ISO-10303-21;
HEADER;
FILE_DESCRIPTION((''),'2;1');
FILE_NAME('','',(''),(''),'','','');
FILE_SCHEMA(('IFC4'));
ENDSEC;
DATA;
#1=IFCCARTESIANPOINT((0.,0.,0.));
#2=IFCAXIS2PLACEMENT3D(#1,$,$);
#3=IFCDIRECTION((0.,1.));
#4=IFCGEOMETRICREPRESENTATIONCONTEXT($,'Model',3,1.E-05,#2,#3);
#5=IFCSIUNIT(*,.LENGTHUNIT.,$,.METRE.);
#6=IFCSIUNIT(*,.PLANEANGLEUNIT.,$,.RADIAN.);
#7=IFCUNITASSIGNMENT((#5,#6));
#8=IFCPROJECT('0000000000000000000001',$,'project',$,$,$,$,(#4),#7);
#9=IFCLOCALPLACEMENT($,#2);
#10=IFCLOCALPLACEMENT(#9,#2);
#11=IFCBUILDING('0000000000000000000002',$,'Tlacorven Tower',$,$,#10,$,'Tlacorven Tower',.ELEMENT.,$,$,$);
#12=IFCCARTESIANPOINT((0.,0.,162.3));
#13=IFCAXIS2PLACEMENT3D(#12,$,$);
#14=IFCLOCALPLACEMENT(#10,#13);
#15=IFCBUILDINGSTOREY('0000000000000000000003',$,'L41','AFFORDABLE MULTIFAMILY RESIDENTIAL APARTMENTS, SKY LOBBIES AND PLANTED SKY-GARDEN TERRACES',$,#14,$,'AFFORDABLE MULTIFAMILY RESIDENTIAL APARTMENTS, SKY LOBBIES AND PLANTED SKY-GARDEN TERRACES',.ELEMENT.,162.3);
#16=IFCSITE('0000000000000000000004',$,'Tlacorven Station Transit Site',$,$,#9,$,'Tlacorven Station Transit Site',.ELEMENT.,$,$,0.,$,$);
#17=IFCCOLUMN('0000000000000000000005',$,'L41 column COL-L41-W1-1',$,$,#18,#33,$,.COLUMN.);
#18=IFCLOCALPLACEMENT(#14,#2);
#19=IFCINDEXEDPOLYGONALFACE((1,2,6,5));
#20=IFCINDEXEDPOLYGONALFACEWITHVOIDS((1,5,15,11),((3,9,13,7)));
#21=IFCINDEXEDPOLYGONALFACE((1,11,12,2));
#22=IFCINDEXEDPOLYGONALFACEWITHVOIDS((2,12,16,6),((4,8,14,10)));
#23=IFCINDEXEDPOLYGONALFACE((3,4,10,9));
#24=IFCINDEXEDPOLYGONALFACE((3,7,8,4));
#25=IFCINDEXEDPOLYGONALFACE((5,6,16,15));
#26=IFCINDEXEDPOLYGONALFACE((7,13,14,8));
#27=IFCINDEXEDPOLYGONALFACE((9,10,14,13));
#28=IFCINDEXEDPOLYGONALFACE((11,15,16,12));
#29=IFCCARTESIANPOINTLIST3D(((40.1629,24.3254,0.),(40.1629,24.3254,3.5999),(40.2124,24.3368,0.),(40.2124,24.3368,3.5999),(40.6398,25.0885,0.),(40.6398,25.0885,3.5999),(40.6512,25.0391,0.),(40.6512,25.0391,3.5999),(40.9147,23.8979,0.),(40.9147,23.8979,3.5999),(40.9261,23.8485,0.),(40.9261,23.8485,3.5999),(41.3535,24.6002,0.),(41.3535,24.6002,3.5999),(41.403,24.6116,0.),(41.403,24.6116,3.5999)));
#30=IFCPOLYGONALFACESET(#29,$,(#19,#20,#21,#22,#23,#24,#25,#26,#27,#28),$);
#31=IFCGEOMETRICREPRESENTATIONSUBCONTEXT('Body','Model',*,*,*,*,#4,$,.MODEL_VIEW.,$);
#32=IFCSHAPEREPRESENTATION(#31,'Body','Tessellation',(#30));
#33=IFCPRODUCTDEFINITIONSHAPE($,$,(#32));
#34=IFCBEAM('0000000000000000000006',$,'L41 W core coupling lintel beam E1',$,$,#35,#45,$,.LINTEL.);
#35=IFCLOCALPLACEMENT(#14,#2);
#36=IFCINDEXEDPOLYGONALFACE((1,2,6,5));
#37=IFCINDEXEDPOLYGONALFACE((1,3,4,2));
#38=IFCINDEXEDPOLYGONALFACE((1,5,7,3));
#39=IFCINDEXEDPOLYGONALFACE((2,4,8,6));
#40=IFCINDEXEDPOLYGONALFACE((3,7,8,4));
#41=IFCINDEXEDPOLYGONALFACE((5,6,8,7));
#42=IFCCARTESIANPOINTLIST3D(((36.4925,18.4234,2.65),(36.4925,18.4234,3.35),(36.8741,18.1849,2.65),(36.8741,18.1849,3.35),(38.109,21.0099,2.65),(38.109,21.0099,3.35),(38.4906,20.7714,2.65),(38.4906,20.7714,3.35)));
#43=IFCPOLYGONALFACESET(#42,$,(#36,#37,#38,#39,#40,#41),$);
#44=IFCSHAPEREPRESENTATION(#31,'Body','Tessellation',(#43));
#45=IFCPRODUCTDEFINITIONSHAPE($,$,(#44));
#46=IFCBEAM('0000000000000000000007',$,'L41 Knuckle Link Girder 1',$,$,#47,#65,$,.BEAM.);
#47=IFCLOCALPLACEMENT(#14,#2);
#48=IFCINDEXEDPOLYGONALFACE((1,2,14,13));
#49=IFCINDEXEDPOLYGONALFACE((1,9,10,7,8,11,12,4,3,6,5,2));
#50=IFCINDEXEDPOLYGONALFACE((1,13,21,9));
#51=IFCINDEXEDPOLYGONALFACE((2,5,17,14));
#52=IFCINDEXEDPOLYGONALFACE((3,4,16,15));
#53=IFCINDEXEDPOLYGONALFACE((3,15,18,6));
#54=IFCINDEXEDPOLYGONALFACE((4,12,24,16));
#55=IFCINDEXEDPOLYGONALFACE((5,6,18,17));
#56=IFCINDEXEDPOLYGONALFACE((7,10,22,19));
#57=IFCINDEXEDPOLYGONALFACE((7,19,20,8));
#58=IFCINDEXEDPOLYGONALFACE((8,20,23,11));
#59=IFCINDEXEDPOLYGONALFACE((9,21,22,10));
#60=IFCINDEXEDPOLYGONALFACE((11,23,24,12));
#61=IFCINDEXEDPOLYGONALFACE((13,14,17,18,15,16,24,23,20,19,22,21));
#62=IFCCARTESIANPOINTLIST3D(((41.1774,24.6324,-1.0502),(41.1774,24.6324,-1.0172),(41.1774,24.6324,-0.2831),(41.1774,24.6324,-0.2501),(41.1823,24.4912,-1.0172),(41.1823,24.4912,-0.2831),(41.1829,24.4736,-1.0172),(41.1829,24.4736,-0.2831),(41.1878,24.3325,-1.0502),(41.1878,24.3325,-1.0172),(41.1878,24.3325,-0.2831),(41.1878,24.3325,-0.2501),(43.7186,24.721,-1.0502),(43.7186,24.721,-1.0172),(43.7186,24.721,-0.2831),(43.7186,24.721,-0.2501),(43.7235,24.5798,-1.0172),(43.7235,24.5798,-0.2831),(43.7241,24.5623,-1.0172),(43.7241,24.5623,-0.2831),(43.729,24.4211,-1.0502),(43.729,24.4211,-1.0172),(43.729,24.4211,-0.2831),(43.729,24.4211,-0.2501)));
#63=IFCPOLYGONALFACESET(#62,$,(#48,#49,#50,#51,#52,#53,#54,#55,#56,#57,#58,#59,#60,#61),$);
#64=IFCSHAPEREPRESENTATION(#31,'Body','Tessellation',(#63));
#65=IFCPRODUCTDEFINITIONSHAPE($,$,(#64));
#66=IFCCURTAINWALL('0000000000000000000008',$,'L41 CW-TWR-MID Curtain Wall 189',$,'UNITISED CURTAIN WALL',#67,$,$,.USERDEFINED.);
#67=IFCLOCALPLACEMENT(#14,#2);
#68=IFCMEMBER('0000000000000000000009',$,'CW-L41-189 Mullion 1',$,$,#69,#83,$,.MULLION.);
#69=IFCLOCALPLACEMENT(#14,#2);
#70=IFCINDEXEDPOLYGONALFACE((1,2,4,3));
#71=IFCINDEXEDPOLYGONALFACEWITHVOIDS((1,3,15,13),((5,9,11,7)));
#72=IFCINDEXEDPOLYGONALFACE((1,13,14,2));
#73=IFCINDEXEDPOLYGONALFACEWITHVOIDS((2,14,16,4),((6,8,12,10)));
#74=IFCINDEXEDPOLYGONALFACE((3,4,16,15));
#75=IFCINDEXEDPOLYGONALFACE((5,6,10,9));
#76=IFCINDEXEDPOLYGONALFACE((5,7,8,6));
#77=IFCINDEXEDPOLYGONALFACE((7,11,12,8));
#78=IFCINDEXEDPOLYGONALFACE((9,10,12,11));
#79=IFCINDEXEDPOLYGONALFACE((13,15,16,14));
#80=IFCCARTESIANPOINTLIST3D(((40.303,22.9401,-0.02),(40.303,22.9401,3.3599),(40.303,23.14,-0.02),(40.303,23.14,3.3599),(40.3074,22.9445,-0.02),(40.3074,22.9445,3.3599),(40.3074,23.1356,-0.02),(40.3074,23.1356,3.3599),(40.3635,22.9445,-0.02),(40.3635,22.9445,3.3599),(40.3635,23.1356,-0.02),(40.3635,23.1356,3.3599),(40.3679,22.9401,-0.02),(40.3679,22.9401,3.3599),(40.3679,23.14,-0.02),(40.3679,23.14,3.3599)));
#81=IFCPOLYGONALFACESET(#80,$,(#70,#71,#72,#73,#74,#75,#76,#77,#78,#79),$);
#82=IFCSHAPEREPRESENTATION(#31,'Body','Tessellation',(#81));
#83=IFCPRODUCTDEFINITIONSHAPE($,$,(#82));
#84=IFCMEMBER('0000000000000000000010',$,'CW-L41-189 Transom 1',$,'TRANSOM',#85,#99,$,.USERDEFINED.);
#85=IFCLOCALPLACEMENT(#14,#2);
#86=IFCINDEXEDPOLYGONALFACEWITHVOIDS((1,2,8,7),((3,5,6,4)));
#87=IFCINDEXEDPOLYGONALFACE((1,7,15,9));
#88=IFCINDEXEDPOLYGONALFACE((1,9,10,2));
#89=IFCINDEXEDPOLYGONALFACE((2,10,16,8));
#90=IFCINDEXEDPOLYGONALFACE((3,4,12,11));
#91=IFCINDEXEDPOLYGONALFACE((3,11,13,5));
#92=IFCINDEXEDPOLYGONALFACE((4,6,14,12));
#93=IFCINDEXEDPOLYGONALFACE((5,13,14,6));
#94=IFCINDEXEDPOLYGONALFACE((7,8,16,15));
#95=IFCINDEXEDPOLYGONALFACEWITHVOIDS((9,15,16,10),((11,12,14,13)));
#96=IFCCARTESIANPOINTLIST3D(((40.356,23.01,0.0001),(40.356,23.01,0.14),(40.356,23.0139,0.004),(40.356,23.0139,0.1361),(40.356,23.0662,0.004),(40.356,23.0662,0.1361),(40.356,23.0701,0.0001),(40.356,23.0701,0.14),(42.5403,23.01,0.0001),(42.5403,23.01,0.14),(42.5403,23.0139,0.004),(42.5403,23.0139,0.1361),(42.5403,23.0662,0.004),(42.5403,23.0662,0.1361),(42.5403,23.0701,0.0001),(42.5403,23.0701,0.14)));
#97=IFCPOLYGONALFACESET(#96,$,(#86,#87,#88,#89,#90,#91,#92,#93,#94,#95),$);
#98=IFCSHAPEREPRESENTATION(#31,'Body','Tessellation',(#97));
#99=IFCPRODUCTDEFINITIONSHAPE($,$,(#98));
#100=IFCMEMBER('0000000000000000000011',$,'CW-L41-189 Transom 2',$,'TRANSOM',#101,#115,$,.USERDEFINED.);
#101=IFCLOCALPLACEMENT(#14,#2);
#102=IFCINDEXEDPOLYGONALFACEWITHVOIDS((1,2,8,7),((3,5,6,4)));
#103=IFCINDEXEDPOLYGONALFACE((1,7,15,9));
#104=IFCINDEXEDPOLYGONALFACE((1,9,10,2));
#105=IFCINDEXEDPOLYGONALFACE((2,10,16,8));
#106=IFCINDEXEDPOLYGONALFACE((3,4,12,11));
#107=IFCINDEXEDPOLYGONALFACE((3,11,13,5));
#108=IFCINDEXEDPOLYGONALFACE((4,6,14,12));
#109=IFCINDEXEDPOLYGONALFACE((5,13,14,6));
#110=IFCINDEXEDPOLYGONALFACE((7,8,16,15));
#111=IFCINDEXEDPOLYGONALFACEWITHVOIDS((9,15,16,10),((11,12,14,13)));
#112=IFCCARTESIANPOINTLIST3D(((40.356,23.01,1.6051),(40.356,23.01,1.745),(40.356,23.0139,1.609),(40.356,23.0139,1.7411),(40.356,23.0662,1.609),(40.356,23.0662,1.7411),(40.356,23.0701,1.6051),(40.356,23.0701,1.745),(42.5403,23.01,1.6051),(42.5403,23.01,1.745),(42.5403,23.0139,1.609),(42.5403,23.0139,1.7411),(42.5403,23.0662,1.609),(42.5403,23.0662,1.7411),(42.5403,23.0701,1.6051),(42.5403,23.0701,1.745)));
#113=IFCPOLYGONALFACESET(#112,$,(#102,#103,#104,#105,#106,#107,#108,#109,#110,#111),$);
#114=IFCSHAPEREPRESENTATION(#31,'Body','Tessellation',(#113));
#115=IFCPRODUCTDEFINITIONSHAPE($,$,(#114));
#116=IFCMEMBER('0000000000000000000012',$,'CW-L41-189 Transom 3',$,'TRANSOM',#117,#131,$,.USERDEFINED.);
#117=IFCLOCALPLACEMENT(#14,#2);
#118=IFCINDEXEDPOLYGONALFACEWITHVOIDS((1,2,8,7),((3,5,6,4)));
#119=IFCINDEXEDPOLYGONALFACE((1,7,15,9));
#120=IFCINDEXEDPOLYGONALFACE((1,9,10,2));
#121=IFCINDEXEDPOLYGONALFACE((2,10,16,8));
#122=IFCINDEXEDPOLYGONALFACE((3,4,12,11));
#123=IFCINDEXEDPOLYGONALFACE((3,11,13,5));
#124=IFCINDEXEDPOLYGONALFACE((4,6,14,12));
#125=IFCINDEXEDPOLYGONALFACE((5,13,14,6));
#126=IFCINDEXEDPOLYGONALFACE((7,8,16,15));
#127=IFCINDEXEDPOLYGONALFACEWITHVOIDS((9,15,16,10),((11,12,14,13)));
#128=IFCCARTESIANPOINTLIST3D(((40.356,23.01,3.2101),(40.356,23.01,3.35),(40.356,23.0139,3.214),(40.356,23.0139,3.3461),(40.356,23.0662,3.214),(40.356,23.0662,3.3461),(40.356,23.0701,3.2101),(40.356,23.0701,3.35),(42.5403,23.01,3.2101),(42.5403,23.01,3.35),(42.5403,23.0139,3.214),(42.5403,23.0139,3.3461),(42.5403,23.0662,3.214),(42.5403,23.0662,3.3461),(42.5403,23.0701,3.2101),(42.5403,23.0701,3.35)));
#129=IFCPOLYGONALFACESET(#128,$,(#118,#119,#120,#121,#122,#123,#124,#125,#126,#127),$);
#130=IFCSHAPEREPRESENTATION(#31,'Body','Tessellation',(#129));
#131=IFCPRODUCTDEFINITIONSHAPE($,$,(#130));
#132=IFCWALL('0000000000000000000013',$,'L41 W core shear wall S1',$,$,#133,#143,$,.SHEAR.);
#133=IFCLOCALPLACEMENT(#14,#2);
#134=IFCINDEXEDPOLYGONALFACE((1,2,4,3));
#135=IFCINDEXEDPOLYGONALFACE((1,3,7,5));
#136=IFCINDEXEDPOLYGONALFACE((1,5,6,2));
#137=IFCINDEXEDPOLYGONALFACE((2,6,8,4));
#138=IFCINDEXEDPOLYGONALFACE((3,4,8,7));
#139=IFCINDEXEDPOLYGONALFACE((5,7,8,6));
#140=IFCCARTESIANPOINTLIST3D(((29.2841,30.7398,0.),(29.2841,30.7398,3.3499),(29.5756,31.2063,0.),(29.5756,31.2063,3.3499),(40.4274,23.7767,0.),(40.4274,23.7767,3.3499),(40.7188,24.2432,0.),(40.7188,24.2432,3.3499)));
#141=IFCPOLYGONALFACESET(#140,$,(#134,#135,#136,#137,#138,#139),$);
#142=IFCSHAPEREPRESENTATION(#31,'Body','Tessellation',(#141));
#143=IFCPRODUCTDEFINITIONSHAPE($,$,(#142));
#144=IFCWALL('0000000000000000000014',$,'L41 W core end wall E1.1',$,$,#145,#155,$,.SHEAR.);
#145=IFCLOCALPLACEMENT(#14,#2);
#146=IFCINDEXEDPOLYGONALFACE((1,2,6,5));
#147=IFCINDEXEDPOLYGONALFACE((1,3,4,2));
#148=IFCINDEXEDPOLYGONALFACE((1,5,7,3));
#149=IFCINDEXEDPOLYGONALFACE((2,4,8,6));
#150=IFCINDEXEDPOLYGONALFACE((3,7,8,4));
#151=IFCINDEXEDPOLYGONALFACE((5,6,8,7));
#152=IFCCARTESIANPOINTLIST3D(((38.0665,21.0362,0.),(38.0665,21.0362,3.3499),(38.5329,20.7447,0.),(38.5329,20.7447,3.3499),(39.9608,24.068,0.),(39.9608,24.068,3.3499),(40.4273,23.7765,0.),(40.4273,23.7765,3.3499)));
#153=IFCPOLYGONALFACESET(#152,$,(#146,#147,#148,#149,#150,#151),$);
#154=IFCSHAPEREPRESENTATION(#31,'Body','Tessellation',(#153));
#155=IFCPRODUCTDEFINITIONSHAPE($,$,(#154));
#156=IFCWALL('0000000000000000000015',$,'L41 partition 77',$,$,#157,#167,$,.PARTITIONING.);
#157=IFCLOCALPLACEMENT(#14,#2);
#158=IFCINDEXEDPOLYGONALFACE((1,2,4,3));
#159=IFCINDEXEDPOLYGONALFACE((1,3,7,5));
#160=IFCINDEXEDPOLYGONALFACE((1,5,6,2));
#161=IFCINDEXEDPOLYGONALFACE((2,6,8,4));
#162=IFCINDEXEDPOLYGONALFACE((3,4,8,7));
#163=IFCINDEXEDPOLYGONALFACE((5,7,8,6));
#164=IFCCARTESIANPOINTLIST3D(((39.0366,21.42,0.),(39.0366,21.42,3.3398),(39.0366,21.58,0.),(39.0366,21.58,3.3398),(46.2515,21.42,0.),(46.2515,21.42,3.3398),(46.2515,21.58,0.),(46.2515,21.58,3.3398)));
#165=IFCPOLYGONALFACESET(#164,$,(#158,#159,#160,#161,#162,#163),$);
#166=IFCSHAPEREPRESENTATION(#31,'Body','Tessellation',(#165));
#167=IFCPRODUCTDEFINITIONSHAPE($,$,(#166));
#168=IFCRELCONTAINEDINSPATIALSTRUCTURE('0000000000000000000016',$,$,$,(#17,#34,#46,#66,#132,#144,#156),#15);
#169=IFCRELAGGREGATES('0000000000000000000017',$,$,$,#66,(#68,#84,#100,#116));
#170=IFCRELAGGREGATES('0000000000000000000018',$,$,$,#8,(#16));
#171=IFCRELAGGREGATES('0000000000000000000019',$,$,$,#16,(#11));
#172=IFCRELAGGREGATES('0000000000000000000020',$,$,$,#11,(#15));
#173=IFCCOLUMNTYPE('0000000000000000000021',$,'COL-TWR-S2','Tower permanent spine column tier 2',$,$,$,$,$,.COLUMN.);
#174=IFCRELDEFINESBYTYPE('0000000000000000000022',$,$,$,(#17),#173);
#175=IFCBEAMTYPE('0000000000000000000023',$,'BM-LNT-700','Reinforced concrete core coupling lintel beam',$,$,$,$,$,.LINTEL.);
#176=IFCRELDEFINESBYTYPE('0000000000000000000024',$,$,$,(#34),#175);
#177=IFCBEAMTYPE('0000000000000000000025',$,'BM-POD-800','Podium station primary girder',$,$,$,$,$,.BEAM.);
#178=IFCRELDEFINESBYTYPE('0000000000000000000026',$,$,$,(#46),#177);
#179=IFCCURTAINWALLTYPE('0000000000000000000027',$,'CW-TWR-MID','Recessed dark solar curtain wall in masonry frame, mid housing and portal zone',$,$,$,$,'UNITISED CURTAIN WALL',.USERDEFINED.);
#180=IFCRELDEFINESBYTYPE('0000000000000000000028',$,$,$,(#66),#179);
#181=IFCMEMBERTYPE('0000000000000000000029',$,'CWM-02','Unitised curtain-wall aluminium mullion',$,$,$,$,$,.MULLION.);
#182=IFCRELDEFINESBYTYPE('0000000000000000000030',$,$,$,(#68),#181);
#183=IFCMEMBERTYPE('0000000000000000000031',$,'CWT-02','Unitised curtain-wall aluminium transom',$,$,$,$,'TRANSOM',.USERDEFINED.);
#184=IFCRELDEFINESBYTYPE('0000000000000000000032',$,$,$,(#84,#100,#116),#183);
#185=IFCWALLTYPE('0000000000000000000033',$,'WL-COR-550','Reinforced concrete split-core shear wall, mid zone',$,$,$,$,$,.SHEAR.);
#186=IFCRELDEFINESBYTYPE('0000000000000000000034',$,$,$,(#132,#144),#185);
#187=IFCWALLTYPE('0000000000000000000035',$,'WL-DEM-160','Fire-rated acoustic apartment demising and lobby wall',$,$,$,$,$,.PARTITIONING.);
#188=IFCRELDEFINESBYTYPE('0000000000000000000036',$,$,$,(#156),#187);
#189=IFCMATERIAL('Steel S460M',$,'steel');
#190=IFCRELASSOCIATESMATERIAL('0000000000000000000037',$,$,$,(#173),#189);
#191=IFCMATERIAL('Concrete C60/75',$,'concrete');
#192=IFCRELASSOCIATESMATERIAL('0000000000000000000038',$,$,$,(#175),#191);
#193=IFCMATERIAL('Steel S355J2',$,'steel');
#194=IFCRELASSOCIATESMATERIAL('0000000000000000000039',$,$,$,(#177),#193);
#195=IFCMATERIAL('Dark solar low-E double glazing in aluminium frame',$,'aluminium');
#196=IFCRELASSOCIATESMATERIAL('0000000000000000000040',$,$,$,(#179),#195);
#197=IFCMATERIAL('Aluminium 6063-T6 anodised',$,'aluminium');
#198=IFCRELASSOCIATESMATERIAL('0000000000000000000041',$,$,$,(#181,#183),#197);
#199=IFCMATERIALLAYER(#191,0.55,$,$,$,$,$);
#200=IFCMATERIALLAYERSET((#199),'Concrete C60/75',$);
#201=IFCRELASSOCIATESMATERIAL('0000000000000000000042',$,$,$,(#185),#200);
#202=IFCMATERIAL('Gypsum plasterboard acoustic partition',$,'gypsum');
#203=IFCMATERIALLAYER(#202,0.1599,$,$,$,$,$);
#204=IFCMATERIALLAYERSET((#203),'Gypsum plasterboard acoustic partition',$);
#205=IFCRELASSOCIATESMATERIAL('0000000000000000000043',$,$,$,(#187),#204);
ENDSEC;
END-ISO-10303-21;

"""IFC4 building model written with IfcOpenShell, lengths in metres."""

from ifc_helpers import new_model, si_unit, direction, frame, frame_2d, origin, origin_2d, place, context, subcontext, project, spatial, rectangle, hollow_rectangle, i_section, extrude, source, transform, mapped, material, layer, layer_set, material_profile, profile_set, type_object, element, aggregate, save


model = new_model("IFC4")

# Units and contexts
model_context = context("Model", 3, precision=1e-05, world=origin(), true_north=direction((0.0, 1.0)))
body_context = subcontext(model_context, "Body", "Model", "MODEL_VIEW")
ifc_project = project(units=[si_unit("LENGTHUNIT", "METRE"), si_unit("PLANEANGLEUNIT", "RADIAN")], contexts=[model_context])

# Site, building, storey
site_placement = place(None, origin())
site = spatial("IfcSite", under=ifc_project, at=site_placement, Name="Tlacorven Station Transit Site", LongName="Tlacorven Station Transit Site", CompositionType="ELEMENT", RefElevation=0.0)
building_placement = place(site_placement, origin())
building = spatial("IfcBuilding", under=site, at=building_placement, Name="Tlacorven Tower", LongName="Tlacorven Tower", CompositionType="ELEMENT")
storey_placement = place(building_placement, frame((0.0, 0.0, 162.3)))
storey = spatial("IfcBuildingStorey", under=building, at=storey_placement, Name="L41", Description="AFFORDABLE MULTIFAMILY RESIDENTIAL APARTMENTS, SKY LOBBIES AND PLANTED SKY-GARDEN TERRACES", LongName="AFFORDABLE MULTIFAMILY RESIDENTIAL APARTMENTS, SKY LOBBIES AND PLANTED SKY-GARDEN TERRACES", CompositionType="ELEMENT", Elevation=162.3)

# Column
ifc_material_1 = material(Name="Steel S460M", Category="steel")
ifc_material_profile_1 = material_profile(ifc_material_1, hollow_rectangle(XDim=0.8999, YDim=0.8999, WallThickness=0.0359, at=origin_2d()), Name="BOX 900X900X36")
ifc_profile_set_1 = profile_set([ifc_material_profile_1], Name="Steel S460M")
column_type = type_object("IfcColumnType", Name="COL-TWR-S2", Description="Tower permanent spine column tier 2", PredefinedType="COLUMN", material=ifc_profile_set_1)
shared_shape_1 = source(origin(), body_context, "Body", "SweptSolid", [
    extrude(hollow_rectangle(XDim=0.8999, YDim=0.8999, WallThickness=0.0359, at=origin_2d()), origin(), (0.0, 0.0, 1.0), 3.5999),
])
column_placement = place(storey_placement, frame((40.783, 24.4685, 0.0), z_axis=(0.0, 0.0, 1.0), x_axis=(-0.848048, 0.529919, 0.0)))
element("IfcColumn", 1, at=column_placement, inside=storey, type_object=column_type, Name="L41 column COL-L41-W1-1", PredefinedType="COLUMN", context=body_context, shape_type="MappedRepresentation", body=[
    mapped(shared_shape_1, transform((0.0, 0.0, 0.0), scale=1.0)),
])

# Beams
ifc_material_2 = material(Name="Concrete C60/75", Category="concrete")
ifc_material_profile_2 = material_profile(ifc_material_2, rectangle(XDim=0.45, YDim=0.7, at=origin_2d()), Name="RC 450X700")
ifc_profile_set_2 = profile_set([ifc_material_profile_2], Name="Concrete C60/75")
beam_type_1 = type_object("IfcBeamType", Name="BM-LNT-700", Description="Reinforced concrete core coupling lintel beam", PredefinedType="LINTEL", material=ifc_profile_set_2)
shared_shape_2 = source(origin(), body_context, "Body", "SweptSolid", [
    extrude(rectangle(XDim=0.45, YDim=0.7, at=origin_2d()), origin(), (0.0, 0.0, 1.0), 3.05),
])
beam_1_placement = place(storey_placement, frame((38.2998, 20.8906, 3.0), z_axis=(-0.529985, -0.848007, 0.0), x_axis=(0.848007, -0.529985, 0.0)))
element("IfcBeam", 2, at=beam_1_placement, inside=storey, type_object=beam_type_1, Name="L41 W core coupling lintel beam E1", PredefinedType="LINTEL", context=body_context, shape_type="MappedRepresentation", body=[
    mapped(shared_shape_2, transform((0.0, 0.0, 0.0), scale=1.0)),
])
ifc_material_3 = material(Name="Steel S355J2", Category="steel")
ifc_material_profile_3 = material_profile(ifc_material_3, i_section(OverallWidth=0.3, OverallDepth=0.8, WebThickness=0.0176, FlangeThickness=0.033, at=origin_2d()), Name="HEB 800")
ifc_profile_set_3 = profile_set([ifc_material_profile_3], Name="Steel S355J2")
beam_type_2 = type_object("IfcBeamType", Name="BM-POD-800", Description="Podium station primary girder", PredefinedType="BEAM", material=ifc_profile_set_3)
shared_shape_3 = source(origin(), body_context, "Body", "SweptSolid", [
    extrude(i_section(OverallWidth=0.3, OverallDepth=0.8, WebThickness=0.0176, FlangeThickness=0.033, at=origin_2d()), origin(), (0.0, 0.0, 1.0), 2.5427),
])
beam_2_placement = place(storey_placement, frame((41.1826, 24.4824, -0.6501), z_axis=(0.999392, 0.034852, 0.0), x_axis=(-0.034852, 0.999392, 0.0)))
element("IfcBeam", 3, at=beam_2_placement, inside=storey, type_object=beam_type_2, Name="L41 Knuckle Link Girder 1", PredefinedType="BEAM", context=body_context, shape_type="MappedRepresentation", body=[
    mapped(shared_shape_3, transform((0.0, 0.0, 0.0), scale=1.0)),
])

# Curtain wall, members
ifc_material_4 = material(Name="Dark solar low-E double glazing in aluminium frame", Category="aluminium")
curtain_wall_type = type_object("IfcCurtainWallType", Name="CW-TWR-MID", Description="Recessed dark solar curtain wall in masonry frame, mid housing and portal zone", ElementType="UNITISED CURTAIN WALL", PredefinedType="USERDEFINED", material=ifc_material_4)
curtain_wall_placement = place(storey_placement, origin())
curtain_wall = element("IfcCurtainWall", 4, at=curtain_wall_placement, inside=storey, type_object=curtain_wall_type, Name="L41 CW-TWR-MID Curtain Wall 189", ObjectType="UNITISED CURTAIN WALL", PredefinedType="USERDEFINED")
ifc_material_5 = material(Name="Aluminium 6063-T6 anodised", Category="aluminium")
ifc_material_profile_4 = material_profile(ifc_material_5, hollow_rectangle(XDim=0.0649, YDim=0.2, WallThickness=0.0044, at=origin_2d()), Name="ALU MULLION 65X200")
ifc_profile_set_4 = profile_set([ifc_material_profile_4], Name="Aluminium 6063-T6 anodised")
member_type_1 = type_object("IfcMemberType", Name="CWM-02", Description="Unitised curtain-wall aluminium mullion", PredefinedType="MULLION", material=ifc_profile_set_4)
shared_shape_4 = source(origin(), body_context, "Body", "SweptSolid", [
    extrude(hollow_rectangle(XDim=0.0649, YDim=0.2, WallThickness=0.0044, at=origin_2d()), origin(), (0.0, 0.0, 1.0), 3.3799),
])
member_1_placement = place(storey_placement, frame((40.3354, 23.04, -0.02), z_axis=(0.0, 0.0, 1.0), x_axis=(1.0, 0.0, 0.0)))
member_1 = element("IfcMember", 5, at=member_1_placement, type_object=member_type_1, Name="CW-L41-189 Mullion 1", PredefinedType="MULLION", context=body_context, shape_type="MappedRepresentation", body=[
    mapped(shared_shape_4, transform((0.0, 0.0, 0.0), scale=1.0)),
])
ifc_material_profile_5 = material_profile(ifc_material_5, hollow_rectangle(XDim=0.0601, YDim=0.1399, WallThickness=0.0039, at=origin_2d()), Name="ALU TRANSOM 60X140")
ifc_profile_set_5 = profile_set([ifc_material_profile_5], Name="Aluminium 6063-T6 anodised")
member_type_2 = type_object("IfcMemberType", Name="CWT-02", Description="Unitised curtain-wall aluminium transom", ElementType="TRANSOM", PredefinedType="USERDEFINED", material=ifc_profile_set_5)
shared_shape_5 = source(origin(), body_context, "Body", "SweptSolid", [
    extrude(hollow_rectangle(XDim=0.0601, YDim=0.1399, WallThickness=0.0039, at=origin_2d()), origin(), (0.0, 0.0, 1.0), 2.1843),
])
member_2_placement = place(storey_placement, frame((40.356, 23.04, 0.0701), z_axis=(1.0, 0.0, 0.0), x_axis=(0.0, 1.0, 0.0)))
member_2 = element("IfcMember", 6, at=member_2_placement, type_object=member_type_2, Name="CW-L41-189 Transom 1", ObjectType="TRANSOM", PredefinedType="USERDEFINED", context=body_context, shape_type="MappedRepresentation", body=[
    mapped(shared_shape_5, transform((0.0, 0.0, 0.0), scale=1.0)),
])
member_3_placement = place(storey_placement, frame((40.356, 23.04, 1.675), z_axis=(1.0, 0.0, 0.0), x_axis=(0.0, 1.0, 0.0)))
member_3 = element("IfcMember", 7, at=member_3_placement, type_object=member_type_2, Name="CW-L41-189 Transom 2", ObjectType="TRANSOM", PredefinedType="USERDEFINED", context=body_context, shape_type="MappedRepresentation", body=[
    mapped(shared_shape_5, transform((0.0, 0.0, 0.0), scale=1.0)),
])
member_4_placement = place(storey_placement, frame((40.356, 23.04, 3.28), z_axis=(1.0, 0.0, 0.0), x_axis=(0.0, 1.0, 0.0)))
member_4 = element("IfcMember", 8, at=member_4_placement, type_object=member_type_2, Name="CW-L41-189 Transom 3", ObjectType="TRANSOM", PredefinedType="USERDEFINED", context=body_context, shape_type="MappedRepresentation", body=[
    mapped(shared_shape_5, transform((0.0, 0.0, 0.0), scale=1.0)),
])
aggregate(curtain_wall, [member_1, member_2, member_3, member_4])

# Walls
ifc_layer_1 = layer(ifc_material_2, 0.55)
ifc_layer_set_1 = layer_set([ifc_layer_1], Name="Concrete C60/75")
wall_type_1 = type_object("IfcWallType", Name="WL-COR-550", Description="Reinforced concrete split-core shear wall, mid zone", PredefinedType="SHEAR", material=ifc_layer_set_1)
wall_1_placement = place(storey_placement, frame((40.573, 24.01, 0.0), z_axis=(0.0, 0.0, 1.0), x_axis=(-0.848047, 0.52992, 0.0)))
element("IfcWall", 9, at=wall_1_placement, inside=storey, type_object=wall_type_1, Name="L41 W core shear wall S1", PredefinedType="SHEAR", context=body_context, shape_type="SweptSolid", body=[
    extrude(rectangle(XDim=13.1399, YDim=0.55, at=frame_2d((6.5698, 0.0))), origin(), (0.0, 0.0, 1.0), 3.3499),
])
wall_2_placement = place(storey_placement, frame((40.1941, 23.9224, 0.0), z_axis=(0.0, 0.0, 1.0), x_axis=(-0.529888, -0.848067, 0.0)))
element("IfcWall", 10, at=wall_2_placement, inside=storey, type_object=wall_type_1, Name="L41 W core end wall E1.1", PredefinedType="SHEAR", context=body_context, shape_type="SweptSolid", body=[
    extrude(rectangle(XDim=3.575, YDim=0.55, at=frame_2d((1.7876, 0.0))), origin(), (0.0, 0.0, 1.0), 3.3499),
])
ifc_material_6 = material(Name="Gypsum plasterboard acoustic partition", Category="gypsum")
ifc_layer_2 = layer(ifc_material_6, 0.1599)
ifc_layer_set_2 = layer_set([ifc_layer_2], Name="Gypsum plasterboard acoustic partition")
wall_type_2 = type_object("IfcWallType", Name="WL-DEM-160", Description="Fire-rated acoustic apartment demising and lobby wall", PredefinedType="PARTITIONING", material=ifc_layer_set_2)
wall_3_placement = place(storey_placement, frame((39.0366, 21.5, 0.0), z_axis=(0.0, 0.0, 1.0), x_axis=(1.0, 0.0, 0.0)))
element("IfcWall", 11, at=wall_3_placement, inside=storey, type_object=wall_type_2, Name="L41 partition 77", PredefinedType="PARTITIONING", context=body_context, shape_type="SweptSolid", body=[
    extrude(rectangle(XDim=7.2148, YDim=0.1599, at=frame_2d((3.6074, 0.0))), origin(), (0.0, 0.0, 1.0), 3.3398),
])

save(model, "model.ifc")
